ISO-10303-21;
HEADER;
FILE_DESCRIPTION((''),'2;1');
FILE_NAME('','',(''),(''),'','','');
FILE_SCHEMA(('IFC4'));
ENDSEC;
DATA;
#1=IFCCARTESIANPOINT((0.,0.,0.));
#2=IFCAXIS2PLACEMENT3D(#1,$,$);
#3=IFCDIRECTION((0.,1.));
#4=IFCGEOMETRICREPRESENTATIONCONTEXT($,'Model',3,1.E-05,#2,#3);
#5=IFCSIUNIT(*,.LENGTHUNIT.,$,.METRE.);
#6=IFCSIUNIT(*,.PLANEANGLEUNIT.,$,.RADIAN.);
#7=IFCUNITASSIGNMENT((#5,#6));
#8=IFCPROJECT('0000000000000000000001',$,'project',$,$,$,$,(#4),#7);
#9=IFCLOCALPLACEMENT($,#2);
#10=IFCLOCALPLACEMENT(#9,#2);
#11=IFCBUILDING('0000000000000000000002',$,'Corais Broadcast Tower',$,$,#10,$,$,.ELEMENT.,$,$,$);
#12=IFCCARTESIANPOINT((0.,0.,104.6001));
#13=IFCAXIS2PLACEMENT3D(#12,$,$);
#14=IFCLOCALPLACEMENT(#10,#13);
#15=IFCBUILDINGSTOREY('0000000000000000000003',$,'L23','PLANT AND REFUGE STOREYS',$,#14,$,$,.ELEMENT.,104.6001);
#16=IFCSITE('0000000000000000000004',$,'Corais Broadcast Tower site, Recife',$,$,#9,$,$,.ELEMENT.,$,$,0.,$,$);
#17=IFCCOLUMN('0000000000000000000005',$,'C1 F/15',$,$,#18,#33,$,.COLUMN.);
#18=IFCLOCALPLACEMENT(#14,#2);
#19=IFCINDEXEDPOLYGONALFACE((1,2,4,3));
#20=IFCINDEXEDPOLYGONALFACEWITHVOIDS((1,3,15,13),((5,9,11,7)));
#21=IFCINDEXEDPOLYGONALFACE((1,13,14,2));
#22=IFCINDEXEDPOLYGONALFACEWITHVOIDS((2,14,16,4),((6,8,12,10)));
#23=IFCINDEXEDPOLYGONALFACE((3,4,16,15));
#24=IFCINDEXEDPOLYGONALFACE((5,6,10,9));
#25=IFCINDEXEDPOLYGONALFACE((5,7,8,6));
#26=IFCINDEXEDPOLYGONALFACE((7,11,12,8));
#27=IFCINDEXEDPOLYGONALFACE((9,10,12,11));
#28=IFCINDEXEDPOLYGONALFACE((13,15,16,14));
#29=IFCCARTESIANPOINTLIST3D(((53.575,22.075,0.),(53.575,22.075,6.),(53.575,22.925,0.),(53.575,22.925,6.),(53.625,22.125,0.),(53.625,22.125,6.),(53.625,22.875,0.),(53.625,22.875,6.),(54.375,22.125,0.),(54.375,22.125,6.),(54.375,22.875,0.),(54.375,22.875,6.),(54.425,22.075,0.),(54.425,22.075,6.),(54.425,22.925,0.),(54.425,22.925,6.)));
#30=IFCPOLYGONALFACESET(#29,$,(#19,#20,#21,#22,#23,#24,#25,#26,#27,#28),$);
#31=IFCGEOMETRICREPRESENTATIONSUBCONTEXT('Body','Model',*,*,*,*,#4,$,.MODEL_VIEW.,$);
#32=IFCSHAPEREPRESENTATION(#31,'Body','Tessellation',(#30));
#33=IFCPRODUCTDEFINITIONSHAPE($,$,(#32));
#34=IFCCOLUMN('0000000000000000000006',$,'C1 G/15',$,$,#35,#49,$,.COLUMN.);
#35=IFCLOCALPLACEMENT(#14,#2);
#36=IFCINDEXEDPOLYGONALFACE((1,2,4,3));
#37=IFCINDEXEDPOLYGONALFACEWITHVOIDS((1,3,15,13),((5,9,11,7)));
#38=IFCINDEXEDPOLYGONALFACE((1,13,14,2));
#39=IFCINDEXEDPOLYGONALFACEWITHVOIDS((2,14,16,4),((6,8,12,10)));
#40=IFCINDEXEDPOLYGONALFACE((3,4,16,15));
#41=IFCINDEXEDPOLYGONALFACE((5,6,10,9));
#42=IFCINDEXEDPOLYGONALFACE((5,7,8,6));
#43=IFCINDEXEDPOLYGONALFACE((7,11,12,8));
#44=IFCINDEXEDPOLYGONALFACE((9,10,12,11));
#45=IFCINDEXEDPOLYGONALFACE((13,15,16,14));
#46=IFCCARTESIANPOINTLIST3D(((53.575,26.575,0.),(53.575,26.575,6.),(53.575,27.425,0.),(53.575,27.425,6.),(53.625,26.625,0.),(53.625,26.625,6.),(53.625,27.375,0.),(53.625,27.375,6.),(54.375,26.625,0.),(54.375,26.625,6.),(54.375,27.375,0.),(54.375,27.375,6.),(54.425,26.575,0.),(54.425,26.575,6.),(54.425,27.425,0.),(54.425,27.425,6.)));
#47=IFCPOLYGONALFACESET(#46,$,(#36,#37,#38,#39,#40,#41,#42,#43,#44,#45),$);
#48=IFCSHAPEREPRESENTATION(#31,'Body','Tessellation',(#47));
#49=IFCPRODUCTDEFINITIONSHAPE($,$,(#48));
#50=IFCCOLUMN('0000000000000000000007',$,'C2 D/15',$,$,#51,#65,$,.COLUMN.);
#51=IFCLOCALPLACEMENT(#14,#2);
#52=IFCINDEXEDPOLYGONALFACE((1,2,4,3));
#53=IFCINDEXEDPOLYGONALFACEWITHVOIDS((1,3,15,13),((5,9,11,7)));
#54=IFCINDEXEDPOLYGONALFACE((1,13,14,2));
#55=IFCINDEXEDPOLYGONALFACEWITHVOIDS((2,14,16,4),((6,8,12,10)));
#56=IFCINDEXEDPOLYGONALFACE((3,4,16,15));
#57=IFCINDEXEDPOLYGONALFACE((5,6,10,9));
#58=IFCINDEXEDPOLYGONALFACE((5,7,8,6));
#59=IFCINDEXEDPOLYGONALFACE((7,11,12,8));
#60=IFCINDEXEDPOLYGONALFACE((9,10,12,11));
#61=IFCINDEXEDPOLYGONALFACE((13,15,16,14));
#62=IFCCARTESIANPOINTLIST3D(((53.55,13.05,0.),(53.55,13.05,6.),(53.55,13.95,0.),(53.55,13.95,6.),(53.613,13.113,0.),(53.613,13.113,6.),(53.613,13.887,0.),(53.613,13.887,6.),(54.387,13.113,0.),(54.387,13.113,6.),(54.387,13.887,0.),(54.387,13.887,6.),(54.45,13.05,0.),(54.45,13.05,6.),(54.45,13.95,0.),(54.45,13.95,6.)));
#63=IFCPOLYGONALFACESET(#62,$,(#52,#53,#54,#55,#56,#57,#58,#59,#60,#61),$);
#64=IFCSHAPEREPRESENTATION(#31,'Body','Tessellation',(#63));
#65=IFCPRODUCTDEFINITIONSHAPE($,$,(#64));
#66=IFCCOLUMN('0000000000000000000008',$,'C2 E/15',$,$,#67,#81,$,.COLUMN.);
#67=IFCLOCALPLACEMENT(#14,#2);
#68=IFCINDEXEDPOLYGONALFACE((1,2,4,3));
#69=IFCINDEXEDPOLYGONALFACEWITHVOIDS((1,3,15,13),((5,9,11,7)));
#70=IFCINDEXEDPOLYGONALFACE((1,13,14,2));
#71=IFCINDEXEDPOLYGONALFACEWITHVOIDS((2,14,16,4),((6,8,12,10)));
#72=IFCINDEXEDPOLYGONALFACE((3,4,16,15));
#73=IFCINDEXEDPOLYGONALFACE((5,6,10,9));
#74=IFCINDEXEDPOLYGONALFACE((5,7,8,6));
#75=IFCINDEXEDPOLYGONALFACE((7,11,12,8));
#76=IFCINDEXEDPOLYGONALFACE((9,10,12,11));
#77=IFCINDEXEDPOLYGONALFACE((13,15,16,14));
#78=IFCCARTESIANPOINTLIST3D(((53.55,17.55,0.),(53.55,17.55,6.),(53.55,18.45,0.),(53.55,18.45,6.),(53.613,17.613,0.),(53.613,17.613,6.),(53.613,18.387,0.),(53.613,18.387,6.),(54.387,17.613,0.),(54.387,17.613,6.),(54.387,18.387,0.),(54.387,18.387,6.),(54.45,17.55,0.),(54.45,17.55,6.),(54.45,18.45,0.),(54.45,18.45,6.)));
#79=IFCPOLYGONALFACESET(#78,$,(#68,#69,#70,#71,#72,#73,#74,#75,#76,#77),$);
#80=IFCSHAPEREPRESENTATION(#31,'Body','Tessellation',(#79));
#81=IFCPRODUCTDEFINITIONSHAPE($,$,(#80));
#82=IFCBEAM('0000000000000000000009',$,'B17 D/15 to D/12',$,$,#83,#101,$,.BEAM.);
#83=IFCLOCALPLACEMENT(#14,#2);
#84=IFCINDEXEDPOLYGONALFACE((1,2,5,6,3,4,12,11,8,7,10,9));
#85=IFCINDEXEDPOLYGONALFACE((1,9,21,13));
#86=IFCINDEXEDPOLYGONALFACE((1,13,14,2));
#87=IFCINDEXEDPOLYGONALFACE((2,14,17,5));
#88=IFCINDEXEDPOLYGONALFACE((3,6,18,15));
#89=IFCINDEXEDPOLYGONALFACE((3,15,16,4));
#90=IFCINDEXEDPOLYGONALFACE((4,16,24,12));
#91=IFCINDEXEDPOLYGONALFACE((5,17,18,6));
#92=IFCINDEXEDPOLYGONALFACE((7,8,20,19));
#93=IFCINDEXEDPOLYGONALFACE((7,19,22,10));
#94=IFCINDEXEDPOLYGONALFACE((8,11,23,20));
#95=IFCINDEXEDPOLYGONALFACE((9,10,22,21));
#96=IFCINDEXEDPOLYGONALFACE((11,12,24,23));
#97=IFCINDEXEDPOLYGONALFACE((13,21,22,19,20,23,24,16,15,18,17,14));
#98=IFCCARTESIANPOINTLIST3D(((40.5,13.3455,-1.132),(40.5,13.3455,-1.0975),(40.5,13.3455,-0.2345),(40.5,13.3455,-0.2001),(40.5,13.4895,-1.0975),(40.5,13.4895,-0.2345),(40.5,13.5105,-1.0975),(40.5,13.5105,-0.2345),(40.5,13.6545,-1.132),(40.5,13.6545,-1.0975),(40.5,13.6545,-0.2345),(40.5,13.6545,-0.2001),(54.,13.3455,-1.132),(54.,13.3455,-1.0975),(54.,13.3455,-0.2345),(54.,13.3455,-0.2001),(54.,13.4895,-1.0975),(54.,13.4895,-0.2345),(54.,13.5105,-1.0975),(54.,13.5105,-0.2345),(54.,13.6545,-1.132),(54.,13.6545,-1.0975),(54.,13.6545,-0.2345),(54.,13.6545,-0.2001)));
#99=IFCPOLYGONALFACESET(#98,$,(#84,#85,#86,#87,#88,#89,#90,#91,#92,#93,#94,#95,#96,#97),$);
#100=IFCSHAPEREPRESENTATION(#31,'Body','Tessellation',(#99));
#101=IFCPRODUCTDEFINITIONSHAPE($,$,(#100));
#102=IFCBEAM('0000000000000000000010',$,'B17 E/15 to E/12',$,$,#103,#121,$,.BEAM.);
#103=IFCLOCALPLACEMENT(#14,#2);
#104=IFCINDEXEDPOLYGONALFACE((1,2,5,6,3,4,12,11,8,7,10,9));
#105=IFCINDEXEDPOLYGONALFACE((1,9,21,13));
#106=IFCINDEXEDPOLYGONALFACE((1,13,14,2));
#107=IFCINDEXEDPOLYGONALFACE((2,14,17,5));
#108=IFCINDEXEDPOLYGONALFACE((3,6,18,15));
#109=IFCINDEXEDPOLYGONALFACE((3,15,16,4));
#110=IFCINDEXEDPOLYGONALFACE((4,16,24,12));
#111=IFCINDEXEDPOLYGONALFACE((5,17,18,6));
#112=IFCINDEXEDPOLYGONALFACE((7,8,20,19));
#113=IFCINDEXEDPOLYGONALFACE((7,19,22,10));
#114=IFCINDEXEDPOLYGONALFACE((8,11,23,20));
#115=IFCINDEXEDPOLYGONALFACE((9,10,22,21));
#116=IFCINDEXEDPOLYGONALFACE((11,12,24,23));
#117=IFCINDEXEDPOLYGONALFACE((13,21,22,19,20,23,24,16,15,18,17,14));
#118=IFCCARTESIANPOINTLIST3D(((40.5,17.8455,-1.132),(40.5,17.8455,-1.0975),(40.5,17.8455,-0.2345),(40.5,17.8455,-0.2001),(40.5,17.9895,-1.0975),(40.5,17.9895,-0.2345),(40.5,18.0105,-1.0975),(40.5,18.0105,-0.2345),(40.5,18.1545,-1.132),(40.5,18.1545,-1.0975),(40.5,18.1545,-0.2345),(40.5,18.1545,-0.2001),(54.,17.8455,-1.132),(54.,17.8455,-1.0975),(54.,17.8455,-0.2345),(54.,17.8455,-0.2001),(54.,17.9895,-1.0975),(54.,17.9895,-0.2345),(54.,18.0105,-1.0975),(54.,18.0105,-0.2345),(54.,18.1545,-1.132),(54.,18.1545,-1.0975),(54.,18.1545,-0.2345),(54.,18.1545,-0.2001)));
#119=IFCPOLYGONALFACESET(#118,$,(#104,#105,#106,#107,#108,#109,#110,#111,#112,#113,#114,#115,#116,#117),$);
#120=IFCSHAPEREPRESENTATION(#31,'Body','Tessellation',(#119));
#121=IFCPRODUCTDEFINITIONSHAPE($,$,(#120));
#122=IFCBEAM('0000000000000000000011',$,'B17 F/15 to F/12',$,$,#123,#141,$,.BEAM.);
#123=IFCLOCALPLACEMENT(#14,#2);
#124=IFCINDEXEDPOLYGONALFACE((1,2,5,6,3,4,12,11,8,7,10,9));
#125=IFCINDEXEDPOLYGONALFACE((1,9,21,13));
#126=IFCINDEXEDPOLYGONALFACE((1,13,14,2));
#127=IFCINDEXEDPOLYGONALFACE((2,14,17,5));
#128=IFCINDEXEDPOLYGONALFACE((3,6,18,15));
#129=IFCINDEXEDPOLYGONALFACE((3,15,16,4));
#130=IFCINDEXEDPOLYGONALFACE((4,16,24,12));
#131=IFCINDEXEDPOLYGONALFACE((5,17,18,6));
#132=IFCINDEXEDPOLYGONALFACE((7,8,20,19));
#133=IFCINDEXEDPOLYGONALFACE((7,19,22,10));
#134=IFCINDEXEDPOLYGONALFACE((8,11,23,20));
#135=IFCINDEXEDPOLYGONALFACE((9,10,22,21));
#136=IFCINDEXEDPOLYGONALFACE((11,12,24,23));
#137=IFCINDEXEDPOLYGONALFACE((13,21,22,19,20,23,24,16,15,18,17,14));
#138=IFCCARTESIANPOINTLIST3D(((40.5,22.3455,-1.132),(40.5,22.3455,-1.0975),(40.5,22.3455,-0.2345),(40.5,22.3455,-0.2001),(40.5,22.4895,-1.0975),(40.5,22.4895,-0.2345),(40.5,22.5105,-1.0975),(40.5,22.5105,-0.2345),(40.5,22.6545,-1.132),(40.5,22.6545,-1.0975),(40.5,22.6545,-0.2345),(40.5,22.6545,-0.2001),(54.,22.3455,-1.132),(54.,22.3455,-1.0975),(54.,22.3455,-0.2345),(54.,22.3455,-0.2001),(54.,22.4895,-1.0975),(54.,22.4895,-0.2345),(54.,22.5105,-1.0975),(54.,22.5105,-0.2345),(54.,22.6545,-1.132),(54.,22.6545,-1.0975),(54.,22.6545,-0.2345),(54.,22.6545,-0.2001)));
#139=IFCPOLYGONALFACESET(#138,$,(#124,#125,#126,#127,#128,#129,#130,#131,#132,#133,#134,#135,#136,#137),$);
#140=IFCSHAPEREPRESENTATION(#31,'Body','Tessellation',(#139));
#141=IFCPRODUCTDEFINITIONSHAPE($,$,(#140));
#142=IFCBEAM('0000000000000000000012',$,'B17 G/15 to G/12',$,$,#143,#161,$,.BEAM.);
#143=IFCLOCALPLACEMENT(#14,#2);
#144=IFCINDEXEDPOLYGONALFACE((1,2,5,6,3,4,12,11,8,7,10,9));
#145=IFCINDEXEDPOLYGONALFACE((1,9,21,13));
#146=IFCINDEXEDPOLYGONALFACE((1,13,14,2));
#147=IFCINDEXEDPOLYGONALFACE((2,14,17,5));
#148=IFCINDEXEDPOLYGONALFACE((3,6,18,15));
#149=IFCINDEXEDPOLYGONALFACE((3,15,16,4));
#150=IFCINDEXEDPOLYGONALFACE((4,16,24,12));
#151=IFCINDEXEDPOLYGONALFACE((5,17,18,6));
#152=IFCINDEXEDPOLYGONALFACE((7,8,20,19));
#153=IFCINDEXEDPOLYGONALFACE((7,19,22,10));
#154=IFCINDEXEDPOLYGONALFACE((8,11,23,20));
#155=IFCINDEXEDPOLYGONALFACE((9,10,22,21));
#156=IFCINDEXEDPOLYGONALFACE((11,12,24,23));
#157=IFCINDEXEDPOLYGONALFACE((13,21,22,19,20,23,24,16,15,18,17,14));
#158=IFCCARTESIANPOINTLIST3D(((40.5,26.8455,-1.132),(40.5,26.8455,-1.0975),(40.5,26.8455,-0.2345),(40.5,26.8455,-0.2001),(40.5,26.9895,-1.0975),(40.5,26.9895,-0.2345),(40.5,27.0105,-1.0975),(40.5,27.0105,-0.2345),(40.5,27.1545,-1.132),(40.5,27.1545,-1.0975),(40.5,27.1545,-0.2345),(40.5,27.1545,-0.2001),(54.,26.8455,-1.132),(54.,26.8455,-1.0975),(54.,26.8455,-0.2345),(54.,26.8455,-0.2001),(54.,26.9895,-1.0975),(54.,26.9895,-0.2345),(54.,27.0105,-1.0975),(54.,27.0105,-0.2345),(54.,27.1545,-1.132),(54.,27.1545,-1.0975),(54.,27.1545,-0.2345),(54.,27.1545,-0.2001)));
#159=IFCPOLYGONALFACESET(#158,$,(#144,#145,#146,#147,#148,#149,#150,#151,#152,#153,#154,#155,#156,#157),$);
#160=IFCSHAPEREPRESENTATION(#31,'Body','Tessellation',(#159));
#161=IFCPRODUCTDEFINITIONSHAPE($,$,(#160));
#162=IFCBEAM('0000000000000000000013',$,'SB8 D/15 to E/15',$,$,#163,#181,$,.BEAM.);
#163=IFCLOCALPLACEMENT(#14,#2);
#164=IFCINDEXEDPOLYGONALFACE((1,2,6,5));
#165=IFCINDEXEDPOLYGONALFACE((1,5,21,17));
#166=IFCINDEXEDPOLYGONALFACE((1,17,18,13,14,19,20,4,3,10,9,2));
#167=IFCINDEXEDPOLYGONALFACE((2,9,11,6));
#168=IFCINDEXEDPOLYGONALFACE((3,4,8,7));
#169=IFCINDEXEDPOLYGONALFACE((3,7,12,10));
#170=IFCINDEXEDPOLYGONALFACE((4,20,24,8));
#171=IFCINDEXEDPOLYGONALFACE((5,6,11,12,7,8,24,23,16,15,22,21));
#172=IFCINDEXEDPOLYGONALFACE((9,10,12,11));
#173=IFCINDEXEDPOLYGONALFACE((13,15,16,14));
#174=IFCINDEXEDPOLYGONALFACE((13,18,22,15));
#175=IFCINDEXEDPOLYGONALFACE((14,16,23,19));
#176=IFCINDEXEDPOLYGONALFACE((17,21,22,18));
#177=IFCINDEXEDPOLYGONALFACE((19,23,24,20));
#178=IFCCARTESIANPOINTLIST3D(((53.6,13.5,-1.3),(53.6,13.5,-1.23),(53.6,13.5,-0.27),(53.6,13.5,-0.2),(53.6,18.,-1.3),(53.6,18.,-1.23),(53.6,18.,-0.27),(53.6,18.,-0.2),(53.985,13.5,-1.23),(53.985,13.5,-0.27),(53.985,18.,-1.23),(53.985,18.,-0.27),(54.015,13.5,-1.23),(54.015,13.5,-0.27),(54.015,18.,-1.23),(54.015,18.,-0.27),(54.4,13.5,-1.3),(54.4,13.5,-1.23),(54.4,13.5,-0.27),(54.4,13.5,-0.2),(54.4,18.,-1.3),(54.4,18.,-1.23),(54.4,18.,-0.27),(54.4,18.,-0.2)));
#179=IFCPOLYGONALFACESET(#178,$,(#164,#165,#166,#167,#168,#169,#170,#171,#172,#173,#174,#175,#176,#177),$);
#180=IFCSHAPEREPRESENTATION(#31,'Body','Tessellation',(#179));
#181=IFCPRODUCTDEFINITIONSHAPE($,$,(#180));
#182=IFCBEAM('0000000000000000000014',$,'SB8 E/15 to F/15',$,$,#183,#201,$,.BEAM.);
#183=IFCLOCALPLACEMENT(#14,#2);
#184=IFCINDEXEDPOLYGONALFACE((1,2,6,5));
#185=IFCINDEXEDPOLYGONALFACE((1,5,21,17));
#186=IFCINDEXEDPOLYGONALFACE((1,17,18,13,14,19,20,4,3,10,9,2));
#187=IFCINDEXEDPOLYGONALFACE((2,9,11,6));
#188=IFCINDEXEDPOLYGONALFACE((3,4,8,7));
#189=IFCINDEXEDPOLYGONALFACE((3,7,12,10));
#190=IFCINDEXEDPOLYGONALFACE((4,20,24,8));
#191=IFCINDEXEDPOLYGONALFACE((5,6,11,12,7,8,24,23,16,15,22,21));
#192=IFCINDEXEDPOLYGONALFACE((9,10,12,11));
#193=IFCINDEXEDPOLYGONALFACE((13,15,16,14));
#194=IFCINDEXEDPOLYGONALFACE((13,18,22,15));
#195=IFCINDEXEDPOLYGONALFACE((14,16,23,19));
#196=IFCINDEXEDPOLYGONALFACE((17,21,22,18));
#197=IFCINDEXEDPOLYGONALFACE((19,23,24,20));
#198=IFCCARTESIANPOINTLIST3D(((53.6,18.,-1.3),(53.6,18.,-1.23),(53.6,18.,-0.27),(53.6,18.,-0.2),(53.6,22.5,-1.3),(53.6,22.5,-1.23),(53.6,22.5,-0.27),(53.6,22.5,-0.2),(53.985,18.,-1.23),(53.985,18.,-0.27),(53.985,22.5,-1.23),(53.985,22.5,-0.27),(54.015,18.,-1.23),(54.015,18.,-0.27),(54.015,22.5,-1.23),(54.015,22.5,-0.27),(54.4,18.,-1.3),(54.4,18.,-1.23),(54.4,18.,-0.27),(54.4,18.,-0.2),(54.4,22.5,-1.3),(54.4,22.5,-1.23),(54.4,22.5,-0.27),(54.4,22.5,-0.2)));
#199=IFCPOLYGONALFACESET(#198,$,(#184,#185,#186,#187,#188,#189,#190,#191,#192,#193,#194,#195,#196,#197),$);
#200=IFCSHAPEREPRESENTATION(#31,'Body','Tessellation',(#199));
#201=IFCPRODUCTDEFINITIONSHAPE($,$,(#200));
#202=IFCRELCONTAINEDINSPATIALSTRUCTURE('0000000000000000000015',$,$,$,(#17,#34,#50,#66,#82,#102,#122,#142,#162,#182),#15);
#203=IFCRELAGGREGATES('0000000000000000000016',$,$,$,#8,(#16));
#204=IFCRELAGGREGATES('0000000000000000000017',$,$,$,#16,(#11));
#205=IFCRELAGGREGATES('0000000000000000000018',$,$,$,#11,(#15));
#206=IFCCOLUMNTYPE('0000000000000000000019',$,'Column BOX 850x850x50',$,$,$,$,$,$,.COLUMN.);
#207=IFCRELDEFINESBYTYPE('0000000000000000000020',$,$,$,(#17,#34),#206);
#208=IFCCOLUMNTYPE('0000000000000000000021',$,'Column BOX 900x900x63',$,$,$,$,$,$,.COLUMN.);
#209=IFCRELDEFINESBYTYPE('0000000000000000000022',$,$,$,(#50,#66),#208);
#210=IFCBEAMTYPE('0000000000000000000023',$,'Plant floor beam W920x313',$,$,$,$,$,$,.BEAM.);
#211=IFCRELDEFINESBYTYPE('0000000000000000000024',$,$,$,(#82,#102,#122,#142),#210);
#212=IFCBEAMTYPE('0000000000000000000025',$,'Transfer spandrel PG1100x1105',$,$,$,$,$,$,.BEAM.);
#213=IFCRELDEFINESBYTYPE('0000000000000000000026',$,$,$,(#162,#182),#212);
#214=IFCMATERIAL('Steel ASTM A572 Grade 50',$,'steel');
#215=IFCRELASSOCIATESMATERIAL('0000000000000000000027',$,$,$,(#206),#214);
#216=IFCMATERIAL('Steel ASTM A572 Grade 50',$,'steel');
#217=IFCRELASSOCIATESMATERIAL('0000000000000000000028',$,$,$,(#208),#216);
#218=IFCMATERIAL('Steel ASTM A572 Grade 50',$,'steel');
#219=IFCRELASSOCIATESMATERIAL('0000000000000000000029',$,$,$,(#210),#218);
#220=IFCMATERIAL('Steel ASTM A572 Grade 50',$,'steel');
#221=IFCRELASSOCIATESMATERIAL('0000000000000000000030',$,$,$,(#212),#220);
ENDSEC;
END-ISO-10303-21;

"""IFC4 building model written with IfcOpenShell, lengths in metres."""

from ifc_helpers import new_model, si_unit, direction, frame, origin, origin_2d, place, context, subcontext, project, spatial, hollow_rectangle, i_section, extrude, material, material_profile, profile_set, type_object, element, save


model = new_model("IFC4")

# Units and contexts
model_context = context("Model", 3, precision=1e-05, world=origin(), true_north=direction((0.0, 1.0)))
body_context = subcontext(model_context, "Body", "Model", "MODEL_VIEW")
ifc_project = project(units=[si_unit("LENGTHUNIT", "METRE"), si_unit("PLANEANGLEUNIT", "RADIAN")], contexts=[model_context])

# Site, building, storey
site_placement = place(None, origin())
site = spatial("IfcSite", under=ifc_project, at=site_placement, Name="Corais Broadcast Tower site, Recife", CompositionType="ELEMENT", RefElevation=0.0)
building_placement = place(site_placement, origin())
building = spatial("IfcBuilding", under=site, at=building_placement, Name="Corais Broadcast Tower", CompositionType="ELEMENT")
storey_placement = place(building_placement, frame((0.0, 0.0, 104.6001)))
storey = spatial("IfcBuildingStorey", under=building, at=storey_placement, Name="L23", Description="PLANT AND REFUGE STOREYS", CompositionType="ELEMENT", Elevation=104.6001)

# Columns
ifc_material_1 = material(Name="Steel ASTM A572 Grade 50", Category="steel")
ifc_material_profile_1 = material_profile(ifc_material_1, hollow_rectangle(XDim=0.8501, YDim=0.8501, WallThickness=0.05, at=origin_2d()), Name="BOX 850x850x50")
ifc_profile_set_1 = profile_set([ifc_material_profile_1], Name="Steel ASTM A572 Grade 50")
column_type_1 = type_object("IfcColumnType", Name="Column BOX 850x850x50", PredefinedType="COLUMN", material=ifc_profile_set_1)
for number, where, z_axis, x_axis, name in (
    (1, (54.0, 22.5, 0.0), (0.0, 0.0, 1.0), (1.0, 0.0, 0.0), "C1 F/15"),
    (2, (54.0, 27.0, 0.0), (0.0, 0.0, 1.0), (1.0, 0.0, 0.0), "C1 G/15"),
):
    element("IfcColumn", number, at=place(storey_placement, frame(where, z_axis=z_axis, x_axis=x_axis)), inside=storey, type_object=column_type_1, Name=name, PredefinedType="COLUMN", context=body_context, shape_type="SweptSolid", body=[
        extrude(hollow_rectangle(XDim=0.8501, YDim=0.8501, WallThickness=0.05, at=origin_2d()), origin(), (0.0, 0.0, 1.0), 6.0),
    ])
ifc_material_2 = material(Name="Steel ASTM A572 Grade 50", Category="steel")
ifc_material_profile_2 = material_profile(ifc_material_2, hollow_rectangle(XDim=0.8999, YDim=0.8999, WallThickness=0.063, at=origin_2d()), Name="BOX 900x900x63")
ifc_profile_set_2 = profile_set([ifc_material_profile_2], Name="Steel ASTM A572 Grade 50")
column_type_2 = type_object("IfcColumnType", Name="Column BOX 900x900x63", PredefinedType="COLUMN", material=ifc_profile_set_2)
for number, where, z_axis, x_axis, name in (
    (3, (54.0, 13.5, 0.0), (0.0, 0.0, 1.0), (1.0, 0.0, 0.0), "C2 D/15"),
    (4, (54.0, 18.0, 0.0), (0.0, 0.0, 1.0), (1.0, 0.0, 0.0), "C2 E/15"),
):
    element("IfcColumn", number, at=place(storey_placement, frame(where, z_axis=z_axis, x_axis=x_axis)), inside=storey, type_object=column_type_2, Name=name, PredefinedType="COLUMN", context=body_context, shape_type="SweptSolid", body=[
        extrude(hollow_rectangle(XDim=0.8999, YDim=0.8999, WallThickness=0.063, at=origin_2d()), origin(), (0.0, 0.0, 1.0), 6.0),
    ])

# Beams
ifc_material_3 = material(Name="Steel ASTM A572 Grade 50", Category="steel")
ifc_material_profile_3 = material_profile(ifc_material_3, i_section(OverallWidth=0.3091, OverallDepth=0.9319, WebThickness=0.021, FlangeThickness=0.0344, at=origin_2d()), Name="W920x313")
ifc_profile_set_3 = profile_set([ifc_material_profile_3], Name="Steel ASTM A572 Grade 50")
beam_type_1 = type_object("IfcBeamType", Name="Plant floor beam W920x313", PredefinedType="BEAM", material=ifc_profile_set_3)
for number, where, z_axis, x_axis, name in (
    (5, (54.0, 13.5, -0.666), (-1.0, 0.0, 0.0), (0.0, -1.0, 0.0), "B17 D/15 to D/12"),
    (6, (54.0, 18.0, -0.666), (-1.0, 0.0, 0.0), (0.0, -1.0, 0.0), "B17 E/15 to E/12"),
    (7, (54.0, 22.5, -0.666), (-1.0, 0.0, 0.0), (0.0, -1.0, 0.0), "B17 F/15 to F/12"),
    (8, (54.0, 27.0, -0.666), (-1.0, 0.0, 0.0), (0.0, -1.0, 0.0), "B17 G/15 to G/12"),
):
    element("IfcBeam", number, at=place(storey_placement, frame(where, z_axis=z_axis, x_axis=x_axis)), inside=storey, type_object=beam_type_1, Name=name, PredefinedType="BEAM", context=body_context, shape_type="SweptSolid", body=[
        extrude(i_section(OverallWidth=0.3091, OverallDepth=0.9319, WebThickness=0.021, FlangeThickness=0.0344, at=origin_2d()), origin(), (0.0, 0.0, 1.0), 13.5),
    ])
ifc_material_4 = material(Name="Steel ASTM A572 Grade 50", Category="steel")
ifc_material_profile_4 = material_profile(ifc_material_4, i_section(OverallWidth=0.8, OverallDepth=1.1001, WebThickness=0.03, FlangeThickness=0.0701, at=origin_2d()), Name="PG1100x1105")
ifc_profile_set_4 = profile_set([ifc_material_profile_4], Name="Steel ASTM A572 Grade 50")
beam_type_2 = type_object("IfcBeamType", Name="Transfer spandrel PG1100x1105", PredefinedType="BEAM", material=ifc_profile_set_4)
for number, where, z_axis, x_axis, name in (
    (9, (54.0, 13.5, -0.75), (0.0, 1.0, 0.0), (-1.0, 0.0, 0.0), "SB8 D/15 to E/15"),
    (10, (54.0, 18.0, -0.75), (0.0, 1.0, 0.0), (-1.0, 0.0, 0.0), "SB8 E/15 to F/15"),
):
    element("IfcBeam", number, at=place(storey_placement, frame(where, z_axis=z_axis, x_axis=x_axis)), inside=storey, type_object=beam_type_2, Name=name, PredefinedType="BEAM", context=body_context, shape_type="SweptSolid", body=[
        extrude(i_section(OverallWidth=0.8, OverallDepth=1.1001, WebThickness=0.03, FlangeThickness=0.0701, at=origin_2d()), origin(), (0.0, 0.0, 1.0), 4.5),
    ])

save(model, "model.ifc")
